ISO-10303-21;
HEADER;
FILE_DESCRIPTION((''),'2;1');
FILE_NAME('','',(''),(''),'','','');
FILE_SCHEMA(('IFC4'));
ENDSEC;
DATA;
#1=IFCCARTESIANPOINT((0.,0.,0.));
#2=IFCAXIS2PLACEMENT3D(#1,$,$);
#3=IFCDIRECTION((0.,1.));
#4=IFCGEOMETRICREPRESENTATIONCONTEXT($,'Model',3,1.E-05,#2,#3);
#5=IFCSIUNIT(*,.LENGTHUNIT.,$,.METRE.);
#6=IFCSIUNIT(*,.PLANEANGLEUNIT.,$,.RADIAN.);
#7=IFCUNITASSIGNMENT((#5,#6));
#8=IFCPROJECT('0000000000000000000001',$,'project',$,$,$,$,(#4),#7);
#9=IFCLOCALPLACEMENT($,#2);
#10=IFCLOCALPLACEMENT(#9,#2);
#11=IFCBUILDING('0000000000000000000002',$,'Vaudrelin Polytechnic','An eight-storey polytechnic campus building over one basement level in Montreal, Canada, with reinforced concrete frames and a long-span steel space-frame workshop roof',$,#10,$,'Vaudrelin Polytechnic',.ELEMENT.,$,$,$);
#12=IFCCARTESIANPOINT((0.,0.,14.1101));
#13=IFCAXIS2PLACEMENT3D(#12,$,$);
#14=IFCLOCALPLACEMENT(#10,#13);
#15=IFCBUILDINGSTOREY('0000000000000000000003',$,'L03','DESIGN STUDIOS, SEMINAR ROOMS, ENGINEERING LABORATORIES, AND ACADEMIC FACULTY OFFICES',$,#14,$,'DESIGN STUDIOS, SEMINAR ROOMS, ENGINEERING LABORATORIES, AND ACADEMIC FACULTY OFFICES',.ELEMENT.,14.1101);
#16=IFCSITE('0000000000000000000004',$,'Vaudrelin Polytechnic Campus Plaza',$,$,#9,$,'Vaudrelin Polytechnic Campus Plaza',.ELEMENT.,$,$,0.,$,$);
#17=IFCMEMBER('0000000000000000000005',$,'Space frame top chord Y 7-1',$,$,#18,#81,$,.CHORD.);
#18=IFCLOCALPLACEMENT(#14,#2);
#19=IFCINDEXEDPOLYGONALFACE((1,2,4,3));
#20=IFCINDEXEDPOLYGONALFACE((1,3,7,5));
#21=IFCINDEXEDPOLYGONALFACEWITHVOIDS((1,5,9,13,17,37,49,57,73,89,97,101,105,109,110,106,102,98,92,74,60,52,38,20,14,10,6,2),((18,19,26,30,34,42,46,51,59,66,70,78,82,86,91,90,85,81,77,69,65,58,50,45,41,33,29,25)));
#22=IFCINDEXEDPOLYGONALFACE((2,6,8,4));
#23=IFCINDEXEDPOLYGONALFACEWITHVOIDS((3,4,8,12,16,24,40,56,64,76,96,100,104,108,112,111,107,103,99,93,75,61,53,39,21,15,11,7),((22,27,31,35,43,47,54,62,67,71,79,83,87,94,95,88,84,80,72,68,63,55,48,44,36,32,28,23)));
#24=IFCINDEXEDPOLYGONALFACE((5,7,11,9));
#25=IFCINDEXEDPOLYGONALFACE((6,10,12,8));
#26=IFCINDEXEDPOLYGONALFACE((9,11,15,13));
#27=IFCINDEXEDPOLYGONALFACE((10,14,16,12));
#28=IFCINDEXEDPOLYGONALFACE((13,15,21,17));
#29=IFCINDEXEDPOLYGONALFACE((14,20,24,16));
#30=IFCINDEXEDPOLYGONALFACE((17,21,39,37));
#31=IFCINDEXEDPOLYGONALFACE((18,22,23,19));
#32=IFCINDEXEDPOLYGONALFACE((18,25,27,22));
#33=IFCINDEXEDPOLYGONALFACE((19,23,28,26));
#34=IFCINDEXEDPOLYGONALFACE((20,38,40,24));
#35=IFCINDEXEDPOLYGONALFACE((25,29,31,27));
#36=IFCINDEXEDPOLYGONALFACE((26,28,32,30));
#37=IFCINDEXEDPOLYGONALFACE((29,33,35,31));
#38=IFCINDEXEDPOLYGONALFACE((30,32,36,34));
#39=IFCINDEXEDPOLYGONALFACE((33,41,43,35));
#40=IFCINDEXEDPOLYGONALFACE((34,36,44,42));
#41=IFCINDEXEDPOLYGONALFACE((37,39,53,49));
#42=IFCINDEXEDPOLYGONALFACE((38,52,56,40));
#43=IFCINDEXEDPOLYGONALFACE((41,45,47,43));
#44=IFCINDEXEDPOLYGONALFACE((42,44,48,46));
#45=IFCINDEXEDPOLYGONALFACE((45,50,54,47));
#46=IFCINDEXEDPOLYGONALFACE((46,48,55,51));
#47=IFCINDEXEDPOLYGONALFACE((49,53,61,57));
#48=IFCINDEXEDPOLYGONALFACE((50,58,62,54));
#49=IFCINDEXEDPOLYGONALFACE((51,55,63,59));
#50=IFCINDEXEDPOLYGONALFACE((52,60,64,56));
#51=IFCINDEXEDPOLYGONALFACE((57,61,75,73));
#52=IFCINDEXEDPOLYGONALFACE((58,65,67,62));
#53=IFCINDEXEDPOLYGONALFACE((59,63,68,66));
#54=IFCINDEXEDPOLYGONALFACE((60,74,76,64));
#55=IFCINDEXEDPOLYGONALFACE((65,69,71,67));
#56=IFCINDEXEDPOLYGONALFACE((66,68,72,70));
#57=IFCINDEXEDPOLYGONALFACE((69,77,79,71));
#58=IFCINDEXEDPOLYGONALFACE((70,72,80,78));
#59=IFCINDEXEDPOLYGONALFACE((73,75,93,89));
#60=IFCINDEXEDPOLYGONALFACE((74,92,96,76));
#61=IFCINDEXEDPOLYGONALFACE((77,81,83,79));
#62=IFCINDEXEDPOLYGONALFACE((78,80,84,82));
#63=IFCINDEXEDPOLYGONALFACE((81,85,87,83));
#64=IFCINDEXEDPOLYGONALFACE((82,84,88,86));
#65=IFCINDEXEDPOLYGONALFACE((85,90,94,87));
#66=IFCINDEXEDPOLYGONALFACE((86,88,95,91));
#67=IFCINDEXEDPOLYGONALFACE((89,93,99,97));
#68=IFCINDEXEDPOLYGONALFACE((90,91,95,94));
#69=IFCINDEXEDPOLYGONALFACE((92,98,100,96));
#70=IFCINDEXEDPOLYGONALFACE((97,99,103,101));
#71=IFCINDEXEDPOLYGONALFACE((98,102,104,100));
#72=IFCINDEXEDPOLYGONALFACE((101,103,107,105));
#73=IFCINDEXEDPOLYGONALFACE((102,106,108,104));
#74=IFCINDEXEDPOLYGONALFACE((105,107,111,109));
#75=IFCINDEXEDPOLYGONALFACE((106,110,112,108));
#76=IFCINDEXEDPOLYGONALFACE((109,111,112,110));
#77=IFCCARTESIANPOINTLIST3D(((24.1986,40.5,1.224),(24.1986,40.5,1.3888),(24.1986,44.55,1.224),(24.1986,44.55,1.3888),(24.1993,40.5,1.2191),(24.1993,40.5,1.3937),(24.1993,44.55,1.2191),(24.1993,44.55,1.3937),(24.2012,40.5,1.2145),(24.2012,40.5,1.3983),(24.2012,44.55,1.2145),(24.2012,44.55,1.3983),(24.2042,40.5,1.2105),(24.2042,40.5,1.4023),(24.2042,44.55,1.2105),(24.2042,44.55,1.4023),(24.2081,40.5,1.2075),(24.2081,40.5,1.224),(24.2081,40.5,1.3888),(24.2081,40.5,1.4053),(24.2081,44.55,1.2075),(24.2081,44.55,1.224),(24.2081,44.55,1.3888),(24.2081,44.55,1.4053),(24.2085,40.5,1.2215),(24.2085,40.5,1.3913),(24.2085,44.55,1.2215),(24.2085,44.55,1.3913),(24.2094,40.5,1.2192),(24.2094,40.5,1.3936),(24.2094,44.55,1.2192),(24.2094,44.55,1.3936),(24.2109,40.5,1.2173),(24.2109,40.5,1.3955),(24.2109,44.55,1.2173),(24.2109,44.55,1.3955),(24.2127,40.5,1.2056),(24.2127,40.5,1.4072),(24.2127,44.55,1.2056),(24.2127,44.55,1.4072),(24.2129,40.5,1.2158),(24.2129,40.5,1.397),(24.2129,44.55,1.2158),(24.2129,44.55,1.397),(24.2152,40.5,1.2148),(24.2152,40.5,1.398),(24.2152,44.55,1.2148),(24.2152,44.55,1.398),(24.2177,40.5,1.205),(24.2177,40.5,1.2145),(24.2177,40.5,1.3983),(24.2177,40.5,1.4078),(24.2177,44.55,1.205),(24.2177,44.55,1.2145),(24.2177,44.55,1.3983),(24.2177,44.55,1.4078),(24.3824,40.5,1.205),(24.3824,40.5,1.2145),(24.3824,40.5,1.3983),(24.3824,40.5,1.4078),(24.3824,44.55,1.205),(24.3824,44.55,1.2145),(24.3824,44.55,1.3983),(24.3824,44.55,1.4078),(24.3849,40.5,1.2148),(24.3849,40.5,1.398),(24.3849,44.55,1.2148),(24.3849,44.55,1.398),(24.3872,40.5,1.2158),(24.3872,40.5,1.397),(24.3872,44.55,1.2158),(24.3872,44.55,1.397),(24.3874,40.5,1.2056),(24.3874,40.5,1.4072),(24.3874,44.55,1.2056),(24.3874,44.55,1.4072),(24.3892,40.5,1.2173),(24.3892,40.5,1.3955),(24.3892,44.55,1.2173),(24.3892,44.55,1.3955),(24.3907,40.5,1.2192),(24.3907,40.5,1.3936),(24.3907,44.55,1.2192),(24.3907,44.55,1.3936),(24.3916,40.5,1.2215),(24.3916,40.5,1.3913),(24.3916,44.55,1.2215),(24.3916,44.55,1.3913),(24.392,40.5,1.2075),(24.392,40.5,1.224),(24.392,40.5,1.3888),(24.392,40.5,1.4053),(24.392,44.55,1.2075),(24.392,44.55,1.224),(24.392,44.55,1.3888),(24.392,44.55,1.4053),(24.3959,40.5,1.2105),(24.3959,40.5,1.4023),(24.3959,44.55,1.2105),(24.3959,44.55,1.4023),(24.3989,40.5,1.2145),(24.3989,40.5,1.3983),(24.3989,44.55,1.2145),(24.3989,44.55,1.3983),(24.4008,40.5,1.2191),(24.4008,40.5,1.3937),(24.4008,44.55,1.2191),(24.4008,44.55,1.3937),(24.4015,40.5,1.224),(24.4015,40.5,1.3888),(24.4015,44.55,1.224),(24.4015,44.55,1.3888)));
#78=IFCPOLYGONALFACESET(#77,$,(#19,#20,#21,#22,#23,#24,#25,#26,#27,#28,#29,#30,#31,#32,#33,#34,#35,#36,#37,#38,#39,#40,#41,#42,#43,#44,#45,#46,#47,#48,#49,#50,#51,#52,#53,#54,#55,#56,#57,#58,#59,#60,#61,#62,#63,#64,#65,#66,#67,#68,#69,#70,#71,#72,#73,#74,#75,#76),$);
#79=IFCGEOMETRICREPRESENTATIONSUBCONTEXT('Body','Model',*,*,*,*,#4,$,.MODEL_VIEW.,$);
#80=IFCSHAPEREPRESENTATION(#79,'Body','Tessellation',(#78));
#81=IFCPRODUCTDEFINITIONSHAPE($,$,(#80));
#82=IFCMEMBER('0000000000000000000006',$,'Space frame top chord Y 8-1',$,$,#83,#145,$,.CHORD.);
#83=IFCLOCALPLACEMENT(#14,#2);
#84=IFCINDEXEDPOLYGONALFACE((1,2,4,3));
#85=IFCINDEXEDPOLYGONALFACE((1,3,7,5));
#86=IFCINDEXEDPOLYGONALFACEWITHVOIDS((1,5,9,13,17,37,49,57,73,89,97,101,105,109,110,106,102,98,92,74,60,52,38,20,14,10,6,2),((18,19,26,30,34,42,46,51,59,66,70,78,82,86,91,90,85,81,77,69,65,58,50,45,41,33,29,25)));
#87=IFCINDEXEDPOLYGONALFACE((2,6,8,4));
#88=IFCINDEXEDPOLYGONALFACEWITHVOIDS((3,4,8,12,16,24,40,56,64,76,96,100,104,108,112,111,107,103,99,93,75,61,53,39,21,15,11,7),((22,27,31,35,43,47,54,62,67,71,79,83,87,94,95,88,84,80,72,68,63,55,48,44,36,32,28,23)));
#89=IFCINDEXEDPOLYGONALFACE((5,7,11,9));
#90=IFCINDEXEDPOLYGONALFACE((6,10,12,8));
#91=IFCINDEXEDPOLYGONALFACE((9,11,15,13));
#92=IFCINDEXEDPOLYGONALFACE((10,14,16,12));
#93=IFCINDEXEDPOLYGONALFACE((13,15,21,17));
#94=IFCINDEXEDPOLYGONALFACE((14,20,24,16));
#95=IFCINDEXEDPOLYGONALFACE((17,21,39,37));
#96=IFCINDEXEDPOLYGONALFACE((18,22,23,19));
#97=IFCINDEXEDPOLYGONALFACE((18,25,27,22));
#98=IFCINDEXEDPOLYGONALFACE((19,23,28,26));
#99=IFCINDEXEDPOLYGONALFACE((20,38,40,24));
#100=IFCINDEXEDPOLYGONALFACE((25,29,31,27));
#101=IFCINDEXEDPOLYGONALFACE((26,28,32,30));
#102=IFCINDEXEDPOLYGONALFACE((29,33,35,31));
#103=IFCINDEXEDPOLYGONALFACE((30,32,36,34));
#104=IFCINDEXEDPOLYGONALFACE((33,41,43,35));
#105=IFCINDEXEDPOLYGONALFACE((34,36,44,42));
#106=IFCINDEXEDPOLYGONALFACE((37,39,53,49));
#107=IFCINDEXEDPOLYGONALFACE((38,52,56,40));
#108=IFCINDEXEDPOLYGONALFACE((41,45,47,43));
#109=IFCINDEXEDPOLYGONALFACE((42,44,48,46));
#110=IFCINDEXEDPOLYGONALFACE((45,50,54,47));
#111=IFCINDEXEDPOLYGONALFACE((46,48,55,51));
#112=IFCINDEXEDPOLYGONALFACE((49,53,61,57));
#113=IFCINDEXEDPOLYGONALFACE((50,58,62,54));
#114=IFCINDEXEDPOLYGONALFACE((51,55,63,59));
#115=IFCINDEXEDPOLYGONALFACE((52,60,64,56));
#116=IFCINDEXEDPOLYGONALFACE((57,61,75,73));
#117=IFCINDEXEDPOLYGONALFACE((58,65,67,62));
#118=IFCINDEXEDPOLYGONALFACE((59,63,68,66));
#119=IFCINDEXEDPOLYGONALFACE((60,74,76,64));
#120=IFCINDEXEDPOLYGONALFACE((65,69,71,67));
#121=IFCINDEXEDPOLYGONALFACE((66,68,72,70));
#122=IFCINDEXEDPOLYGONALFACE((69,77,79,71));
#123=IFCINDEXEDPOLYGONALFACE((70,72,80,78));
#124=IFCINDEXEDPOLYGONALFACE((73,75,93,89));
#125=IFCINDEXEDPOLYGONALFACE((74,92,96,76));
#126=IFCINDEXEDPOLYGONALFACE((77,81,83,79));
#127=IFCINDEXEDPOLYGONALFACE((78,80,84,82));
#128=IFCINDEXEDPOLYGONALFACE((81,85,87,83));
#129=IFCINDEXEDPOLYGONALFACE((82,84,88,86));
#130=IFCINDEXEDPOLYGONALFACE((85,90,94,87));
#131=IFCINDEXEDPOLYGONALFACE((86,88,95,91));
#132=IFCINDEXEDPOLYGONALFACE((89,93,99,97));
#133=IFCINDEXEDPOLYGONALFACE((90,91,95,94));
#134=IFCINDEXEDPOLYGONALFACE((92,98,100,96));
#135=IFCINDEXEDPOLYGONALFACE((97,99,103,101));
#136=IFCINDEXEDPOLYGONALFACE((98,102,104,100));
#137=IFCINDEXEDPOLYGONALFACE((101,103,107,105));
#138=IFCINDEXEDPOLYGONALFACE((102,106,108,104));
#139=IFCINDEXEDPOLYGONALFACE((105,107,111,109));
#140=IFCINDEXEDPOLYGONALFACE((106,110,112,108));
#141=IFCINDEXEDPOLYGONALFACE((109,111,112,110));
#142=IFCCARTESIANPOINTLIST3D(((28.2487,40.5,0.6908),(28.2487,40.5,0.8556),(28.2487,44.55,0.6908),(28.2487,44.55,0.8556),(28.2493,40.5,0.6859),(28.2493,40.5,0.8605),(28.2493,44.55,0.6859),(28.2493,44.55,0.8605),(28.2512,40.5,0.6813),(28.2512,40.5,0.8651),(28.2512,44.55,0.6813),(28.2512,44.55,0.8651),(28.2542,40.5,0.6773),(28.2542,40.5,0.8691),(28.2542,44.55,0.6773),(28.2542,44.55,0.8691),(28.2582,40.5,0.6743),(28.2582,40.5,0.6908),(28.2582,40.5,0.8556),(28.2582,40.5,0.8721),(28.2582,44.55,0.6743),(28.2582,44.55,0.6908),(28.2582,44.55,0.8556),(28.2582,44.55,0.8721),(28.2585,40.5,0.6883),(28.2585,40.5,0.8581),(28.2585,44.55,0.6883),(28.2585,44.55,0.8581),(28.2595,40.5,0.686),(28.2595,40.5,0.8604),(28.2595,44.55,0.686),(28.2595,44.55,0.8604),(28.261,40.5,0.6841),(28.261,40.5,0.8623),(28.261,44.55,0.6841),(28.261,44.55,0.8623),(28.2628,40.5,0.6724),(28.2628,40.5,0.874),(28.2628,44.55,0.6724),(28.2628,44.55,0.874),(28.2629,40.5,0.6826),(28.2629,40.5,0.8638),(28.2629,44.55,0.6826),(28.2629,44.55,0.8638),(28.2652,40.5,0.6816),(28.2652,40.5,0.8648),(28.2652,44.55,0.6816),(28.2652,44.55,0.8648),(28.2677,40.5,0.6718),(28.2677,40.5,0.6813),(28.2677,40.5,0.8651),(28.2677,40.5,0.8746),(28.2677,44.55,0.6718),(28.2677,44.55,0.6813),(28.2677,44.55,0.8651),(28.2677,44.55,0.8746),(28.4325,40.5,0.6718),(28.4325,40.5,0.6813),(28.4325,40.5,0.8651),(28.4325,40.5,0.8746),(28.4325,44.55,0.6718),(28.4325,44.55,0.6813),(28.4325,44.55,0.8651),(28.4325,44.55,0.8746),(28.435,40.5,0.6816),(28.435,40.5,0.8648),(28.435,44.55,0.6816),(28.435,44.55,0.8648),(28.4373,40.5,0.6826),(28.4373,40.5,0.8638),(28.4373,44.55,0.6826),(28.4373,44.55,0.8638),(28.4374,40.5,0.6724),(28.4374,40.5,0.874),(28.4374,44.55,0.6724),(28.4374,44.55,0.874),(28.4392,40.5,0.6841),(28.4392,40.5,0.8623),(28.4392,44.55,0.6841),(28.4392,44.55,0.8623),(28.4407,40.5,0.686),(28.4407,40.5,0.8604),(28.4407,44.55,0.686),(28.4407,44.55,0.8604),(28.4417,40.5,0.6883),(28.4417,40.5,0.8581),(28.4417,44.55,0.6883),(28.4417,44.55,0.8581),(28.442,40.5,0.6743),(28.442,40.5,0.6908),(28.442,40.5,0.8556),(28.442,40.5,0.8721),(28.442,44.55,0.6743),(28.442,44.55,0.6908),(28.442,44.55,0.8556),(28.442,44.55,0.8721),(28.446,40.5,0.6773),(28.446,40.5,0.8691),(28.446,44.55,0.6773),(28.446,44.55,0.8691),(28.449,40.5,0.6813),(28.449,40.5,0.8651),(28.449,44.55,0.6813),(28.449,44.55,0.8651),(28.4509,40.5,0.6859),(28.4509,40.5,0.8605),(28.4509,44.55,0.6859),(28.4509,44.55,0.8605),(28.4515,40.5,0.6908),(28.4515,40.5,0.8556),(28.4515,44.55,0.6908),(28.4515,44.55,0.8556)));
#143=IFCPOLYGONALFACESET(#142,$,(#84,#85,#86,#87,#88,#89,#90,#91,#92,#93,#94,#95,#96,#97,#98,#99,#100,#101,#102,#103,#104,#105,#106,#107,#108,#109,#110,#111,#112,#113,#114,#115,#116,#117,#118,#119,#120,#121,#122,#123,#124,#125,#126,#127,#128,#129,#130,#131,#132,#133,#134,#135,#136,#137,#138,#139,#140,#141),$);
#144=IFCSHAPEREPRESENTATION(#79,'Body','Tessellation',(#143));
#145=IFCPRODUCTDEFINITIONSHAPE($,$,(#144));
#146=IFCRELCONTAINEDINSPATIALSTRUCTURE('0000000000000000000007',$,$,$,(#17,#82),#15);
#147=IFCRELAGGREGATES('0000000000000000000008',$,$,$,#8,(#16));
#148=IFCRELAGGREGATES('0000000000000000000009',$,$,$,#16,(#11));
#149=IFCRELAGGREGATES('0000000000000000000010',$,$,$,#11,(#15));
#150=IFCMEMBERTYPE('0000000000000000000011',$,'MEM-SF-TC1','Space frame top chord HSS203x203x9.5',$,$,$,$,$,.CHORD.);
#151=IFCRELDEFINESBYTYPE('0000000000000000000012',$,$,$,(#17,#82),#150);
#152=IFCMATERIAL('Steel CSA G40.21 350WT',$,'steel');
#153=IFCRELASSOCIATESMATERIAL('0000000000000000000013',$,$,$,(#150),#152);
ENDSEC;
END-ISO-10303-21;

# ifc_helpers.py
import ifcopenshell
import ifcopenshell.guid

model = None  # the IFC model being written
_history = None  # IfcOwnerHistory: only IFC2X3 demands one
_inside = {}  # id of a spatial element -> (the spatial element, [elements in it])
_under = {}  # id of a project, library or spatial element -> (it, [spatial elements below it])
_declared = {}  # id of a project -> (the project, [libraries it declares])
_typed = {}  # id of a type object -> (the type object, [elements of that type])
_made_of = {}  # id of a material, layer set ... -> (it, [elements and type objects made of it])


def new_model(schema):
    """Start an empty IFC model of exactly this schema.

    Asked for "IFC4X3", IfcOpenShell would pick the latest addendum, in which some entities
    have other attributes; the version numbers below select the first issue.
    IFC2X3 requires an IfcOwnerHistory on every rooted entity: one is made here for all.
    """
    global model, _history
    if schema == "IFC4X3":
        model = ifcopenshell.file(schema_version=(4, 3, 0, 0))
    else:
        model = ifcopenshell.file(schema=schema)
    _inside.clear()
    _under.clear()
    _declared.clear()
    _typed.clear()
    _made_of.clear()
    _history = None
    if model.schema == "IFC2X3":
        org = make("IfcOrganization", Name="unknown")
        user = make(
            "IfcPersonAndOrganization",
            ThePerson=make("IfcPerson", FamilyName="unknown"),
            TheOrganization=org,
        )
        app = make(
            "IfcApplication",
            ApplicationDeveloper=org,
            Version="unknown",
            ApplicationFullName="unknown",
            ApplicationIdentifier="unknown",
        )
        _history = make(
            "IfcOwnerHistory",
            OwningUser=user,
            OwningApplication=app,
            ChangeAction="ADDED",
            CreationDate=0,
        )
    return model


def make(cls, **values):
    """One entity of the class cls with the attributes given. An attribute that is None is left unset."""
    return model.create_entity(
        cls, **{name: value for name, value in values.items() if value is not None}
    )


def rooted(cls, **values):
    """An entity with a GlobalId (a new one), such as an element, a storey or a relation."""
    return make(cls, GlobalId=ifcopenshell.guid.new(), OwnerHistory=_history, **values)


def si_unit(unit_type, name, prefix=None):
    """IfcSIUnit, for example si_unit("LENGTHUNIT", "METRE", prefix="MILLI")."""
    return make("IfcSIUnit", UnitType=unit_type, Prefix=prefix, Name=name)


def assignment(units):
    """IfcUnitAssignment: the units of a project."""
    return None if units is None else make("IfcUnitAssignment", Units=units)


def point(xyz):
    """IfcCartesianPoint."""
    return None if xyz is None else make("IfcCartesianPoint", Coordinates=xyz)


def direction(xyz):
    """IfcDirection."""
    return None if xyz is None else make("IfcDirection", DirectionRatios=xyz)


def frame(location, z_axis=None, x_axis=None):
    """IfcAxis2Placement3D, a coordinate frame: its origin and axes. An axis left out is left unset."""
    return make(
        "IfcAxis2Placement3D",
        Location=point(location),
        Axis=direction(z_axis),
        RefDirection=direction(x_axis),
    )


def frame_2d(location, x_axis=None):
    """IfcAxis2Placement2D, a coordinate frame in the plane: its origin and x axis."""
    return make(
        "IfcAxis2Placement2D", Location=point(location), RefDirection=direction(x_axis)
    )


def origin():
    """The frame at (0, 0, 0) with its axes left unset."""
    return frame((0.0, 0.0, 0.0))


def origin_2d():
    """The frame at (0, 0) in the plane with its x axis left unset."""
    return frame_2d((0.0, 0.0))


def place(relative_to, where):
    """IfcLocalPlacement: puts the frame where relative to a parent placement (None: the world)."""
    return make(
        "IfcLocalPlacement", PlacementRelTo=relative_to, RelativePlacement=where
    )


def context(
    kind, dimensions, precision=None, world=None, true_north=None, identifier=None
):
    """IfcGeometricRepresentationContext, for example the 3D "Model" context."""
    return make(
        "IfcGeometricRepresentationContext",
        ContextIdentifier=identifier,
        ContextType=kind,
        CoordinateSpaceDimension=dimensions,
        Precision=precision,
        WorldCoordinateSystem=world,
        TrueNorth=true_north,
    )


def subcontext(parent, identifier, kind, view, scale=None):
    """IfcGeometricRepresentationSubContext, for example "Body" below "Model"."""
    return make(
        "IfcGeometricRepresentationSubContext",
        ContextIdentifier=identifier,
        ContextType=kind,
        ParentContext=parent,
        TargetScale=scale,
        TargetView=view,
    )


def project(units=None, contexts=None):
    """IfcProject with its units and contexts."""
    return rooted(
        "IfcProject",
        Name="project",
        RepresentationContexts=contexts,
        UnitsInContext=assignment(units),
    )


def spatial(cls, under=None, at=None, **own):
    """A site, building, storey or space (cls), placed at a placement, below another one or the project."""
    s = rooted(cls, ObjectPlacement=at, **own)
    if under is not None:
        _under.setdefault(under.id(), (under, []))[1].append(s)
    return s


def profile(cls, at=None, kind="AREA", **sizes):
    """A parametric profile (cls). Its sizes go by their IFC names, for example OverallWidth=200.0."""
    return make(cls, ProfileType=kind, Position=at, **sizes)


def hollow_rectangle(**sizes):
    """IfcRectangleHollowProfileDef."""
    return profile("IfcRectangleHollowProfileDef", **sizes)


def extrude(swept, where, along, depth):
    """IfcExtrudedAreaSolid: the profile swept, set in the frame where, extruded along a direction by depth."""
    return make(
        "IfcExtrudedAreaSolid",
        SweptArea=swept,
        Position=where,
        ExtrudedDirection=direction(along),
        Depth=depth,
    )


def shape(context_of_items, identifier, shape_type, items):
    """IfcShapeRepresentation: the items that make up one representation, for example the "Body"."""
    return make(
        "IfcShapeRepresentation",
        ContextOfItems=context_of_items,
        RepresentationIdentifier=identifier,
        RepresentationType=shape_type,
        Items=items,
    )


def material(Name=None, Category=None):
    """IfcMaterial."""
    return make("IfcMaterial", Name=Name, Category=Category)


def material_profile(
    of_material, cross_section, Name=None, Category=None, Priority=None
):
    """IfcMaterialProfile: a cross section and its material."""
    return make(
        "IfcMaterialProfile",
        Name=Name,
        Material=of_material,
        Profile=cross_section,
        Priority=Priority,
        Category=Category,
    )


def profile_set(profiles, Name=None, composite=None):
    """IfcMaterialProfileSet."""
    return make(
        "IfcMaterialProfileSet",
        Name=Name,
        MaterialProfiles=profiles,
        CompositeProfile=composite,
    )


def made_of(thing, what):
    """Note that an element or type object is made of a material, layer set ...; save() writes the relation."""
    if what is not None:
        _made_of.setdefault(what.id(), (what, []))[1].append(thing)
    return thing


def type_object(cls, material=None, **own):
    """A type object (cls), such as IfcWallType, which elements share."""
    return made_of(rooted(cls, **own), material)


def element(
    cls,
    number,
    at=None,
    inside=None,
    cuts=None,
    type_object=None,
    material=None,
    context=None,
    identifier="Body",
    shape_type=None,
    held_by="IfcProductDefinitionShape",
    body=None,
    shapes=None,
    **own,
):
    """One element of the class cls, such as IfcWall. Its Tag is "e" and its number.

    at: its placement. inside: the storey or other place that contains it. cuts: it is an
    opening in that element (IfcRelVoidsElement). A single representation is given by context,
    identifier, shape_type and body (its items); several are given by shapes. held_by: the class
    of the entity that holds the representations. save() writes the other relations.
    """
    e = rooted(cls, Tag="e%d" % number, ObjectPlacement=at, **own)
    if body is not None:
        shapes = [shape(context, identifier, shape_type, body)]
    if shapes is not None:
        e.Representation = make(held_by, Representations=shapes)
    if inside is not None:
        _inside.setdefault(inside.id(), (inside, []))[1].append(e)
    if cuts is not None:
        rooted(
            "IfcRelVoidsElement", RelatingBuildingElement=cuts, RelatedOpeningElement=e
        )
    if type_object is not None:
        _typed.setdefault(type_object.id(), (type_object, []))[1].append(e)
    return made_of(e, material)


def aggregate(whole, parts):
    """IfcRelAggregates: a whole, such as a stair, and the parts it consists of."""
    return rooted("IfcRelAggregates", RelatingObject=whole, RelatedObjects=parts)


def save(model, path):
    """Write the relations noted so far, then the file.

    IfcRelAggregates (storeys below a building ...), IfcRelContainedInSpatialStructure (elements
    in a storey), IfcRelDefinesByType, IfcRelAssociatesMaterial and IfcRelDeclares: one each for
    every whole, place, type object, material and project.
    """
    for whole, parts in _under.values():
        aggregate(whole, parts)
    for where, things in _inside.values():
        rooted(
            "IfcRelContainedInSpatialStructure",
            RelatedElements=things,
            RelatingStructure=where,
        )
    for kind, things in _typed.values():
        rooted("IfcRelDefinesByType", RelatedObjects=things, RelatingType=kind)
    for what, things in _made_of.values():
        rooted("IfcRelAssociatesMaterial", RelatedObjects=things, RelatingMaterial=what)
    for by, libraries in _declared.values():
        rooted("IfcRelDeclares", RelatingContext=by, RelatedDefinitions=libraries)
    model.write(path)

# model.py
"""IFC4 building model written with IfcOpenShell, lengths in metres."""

from ifc_helpers import new_model, si_unit, direction, frame, origin, origin_2d, place, context, subcontext, project, spatial, hollow_rectangle, extrude, material, material_profile, profile_set, type_object, element, save


model = new_model("IFC4")

# Units and contexts
model_context = context("Model", 3, precision=1e-05, world=origin(), true_north=direction((0.0, 1.0)))
body_context = subcontext(model_context, "Body", "Model", "MODEL_VIEW")
ifc_project = project(units=[si_unit("LENGTHUNIT", "METRE"), si_unit("PLANEANGLEUNIT", "RADIAN")], contexts=[model_context])

# Site, building, storey
site_placement = place(None, origin())
site = spatial("IfcSite", under=ifc_project, at=site_placement, Name="Vaudrelin Polytechnic Campus Plaza", LongName="Vaudrelin Polytechnic Campus Plaza", CompositionType="ELEMENT", RefElevation=0.0)
building_placement = place(site_placement, origin())
building = spatial("IfcBuilding", under=site, at=building_placement, Name="Vaudrelin Polytechnic", Description="An eight-storey polytechnic campus building over one basement level in Montreal, Canada, with reinforced concrete frames and a long-span steel space-frame workshop roof", LongName="Vaudrelin Polytechnic", CompositionType="ELEMENT")
storey_placement = place(building_placement, frame((0.0, 0.0, 14.1101)))
storey = spatial("IfcBuildingStorey", under=building, at=storey_placement, Name="L03", Description="DESIGN STUDIOS, SEMINAR ROOMS, ENGINEERING LABORATORIES, AND ACADEMIC FACULTY OFFICES", LongName="DESIGN STUDIOS, SEMINAR ROOMS, ENGINEERING LABORATORIES, AND ACADEMIC FACULTY OFFICES", CompositionType="ELEMENT", Elevation=14.1101)

# Members
ifc_material_1 = material(Name="Steel CSA G40.21 350WT", Category="steel")
ifc_material_profile_1 = material_profile(ifc_material_1, hollow_rectangle(XDim=0.2029, YDim=0.2029, WallThickness=0.0095, InnerFilletRadius=0.0095, OuterFilletRadius=0.019, at=origin_2d()), Name="HSS203x203x9.5")
ifc_profile_set_1 = profile_set([ifc_material_profile_1], Name="Steel CSA G40.21 350WT")
member_type_1 = type_object("IfcMemberType", Name="MEM-SF-TC1", Description="Space frame top chord HSS203x203x9.5", PredefinedType="CHORD", material=ifc_profile_set_1)
for number, where, z_axis, x_axis, name in (
    (1, (24.3, 40.5, 1.3064), (0.0, 1.0, 0.0), (-1.0, 0.0, 0.0), "Space frame top chord Y 7-1"),
    (2, (28.3501, 40.5, 0.7732), (0.0, 1.0, 0.0), (-1.0, 0.0, 0.0), "Space frame top chord Y 8-1"),
):
    element("IfcMember", number, at=place(storey_placement, frame(where, z_axis=z_axis, x_axis=x_axis)), inside=storey, type_object=member_type_1, Name=name, PredefinedType="CHORD", context=body_context, shape_type="SweptSolid", body=[
        extrude(hollow_rectangle(XDim=0.2029, YDim=0.2029, WallThickness=0.0095, InnerFilletRadius=0.0095, OuterFilletRadius=0.019, at=origin_2d()), origin(), (0.0, 0.0, 1.0), 4.05),
    ])

save(model, "model.ifc")
